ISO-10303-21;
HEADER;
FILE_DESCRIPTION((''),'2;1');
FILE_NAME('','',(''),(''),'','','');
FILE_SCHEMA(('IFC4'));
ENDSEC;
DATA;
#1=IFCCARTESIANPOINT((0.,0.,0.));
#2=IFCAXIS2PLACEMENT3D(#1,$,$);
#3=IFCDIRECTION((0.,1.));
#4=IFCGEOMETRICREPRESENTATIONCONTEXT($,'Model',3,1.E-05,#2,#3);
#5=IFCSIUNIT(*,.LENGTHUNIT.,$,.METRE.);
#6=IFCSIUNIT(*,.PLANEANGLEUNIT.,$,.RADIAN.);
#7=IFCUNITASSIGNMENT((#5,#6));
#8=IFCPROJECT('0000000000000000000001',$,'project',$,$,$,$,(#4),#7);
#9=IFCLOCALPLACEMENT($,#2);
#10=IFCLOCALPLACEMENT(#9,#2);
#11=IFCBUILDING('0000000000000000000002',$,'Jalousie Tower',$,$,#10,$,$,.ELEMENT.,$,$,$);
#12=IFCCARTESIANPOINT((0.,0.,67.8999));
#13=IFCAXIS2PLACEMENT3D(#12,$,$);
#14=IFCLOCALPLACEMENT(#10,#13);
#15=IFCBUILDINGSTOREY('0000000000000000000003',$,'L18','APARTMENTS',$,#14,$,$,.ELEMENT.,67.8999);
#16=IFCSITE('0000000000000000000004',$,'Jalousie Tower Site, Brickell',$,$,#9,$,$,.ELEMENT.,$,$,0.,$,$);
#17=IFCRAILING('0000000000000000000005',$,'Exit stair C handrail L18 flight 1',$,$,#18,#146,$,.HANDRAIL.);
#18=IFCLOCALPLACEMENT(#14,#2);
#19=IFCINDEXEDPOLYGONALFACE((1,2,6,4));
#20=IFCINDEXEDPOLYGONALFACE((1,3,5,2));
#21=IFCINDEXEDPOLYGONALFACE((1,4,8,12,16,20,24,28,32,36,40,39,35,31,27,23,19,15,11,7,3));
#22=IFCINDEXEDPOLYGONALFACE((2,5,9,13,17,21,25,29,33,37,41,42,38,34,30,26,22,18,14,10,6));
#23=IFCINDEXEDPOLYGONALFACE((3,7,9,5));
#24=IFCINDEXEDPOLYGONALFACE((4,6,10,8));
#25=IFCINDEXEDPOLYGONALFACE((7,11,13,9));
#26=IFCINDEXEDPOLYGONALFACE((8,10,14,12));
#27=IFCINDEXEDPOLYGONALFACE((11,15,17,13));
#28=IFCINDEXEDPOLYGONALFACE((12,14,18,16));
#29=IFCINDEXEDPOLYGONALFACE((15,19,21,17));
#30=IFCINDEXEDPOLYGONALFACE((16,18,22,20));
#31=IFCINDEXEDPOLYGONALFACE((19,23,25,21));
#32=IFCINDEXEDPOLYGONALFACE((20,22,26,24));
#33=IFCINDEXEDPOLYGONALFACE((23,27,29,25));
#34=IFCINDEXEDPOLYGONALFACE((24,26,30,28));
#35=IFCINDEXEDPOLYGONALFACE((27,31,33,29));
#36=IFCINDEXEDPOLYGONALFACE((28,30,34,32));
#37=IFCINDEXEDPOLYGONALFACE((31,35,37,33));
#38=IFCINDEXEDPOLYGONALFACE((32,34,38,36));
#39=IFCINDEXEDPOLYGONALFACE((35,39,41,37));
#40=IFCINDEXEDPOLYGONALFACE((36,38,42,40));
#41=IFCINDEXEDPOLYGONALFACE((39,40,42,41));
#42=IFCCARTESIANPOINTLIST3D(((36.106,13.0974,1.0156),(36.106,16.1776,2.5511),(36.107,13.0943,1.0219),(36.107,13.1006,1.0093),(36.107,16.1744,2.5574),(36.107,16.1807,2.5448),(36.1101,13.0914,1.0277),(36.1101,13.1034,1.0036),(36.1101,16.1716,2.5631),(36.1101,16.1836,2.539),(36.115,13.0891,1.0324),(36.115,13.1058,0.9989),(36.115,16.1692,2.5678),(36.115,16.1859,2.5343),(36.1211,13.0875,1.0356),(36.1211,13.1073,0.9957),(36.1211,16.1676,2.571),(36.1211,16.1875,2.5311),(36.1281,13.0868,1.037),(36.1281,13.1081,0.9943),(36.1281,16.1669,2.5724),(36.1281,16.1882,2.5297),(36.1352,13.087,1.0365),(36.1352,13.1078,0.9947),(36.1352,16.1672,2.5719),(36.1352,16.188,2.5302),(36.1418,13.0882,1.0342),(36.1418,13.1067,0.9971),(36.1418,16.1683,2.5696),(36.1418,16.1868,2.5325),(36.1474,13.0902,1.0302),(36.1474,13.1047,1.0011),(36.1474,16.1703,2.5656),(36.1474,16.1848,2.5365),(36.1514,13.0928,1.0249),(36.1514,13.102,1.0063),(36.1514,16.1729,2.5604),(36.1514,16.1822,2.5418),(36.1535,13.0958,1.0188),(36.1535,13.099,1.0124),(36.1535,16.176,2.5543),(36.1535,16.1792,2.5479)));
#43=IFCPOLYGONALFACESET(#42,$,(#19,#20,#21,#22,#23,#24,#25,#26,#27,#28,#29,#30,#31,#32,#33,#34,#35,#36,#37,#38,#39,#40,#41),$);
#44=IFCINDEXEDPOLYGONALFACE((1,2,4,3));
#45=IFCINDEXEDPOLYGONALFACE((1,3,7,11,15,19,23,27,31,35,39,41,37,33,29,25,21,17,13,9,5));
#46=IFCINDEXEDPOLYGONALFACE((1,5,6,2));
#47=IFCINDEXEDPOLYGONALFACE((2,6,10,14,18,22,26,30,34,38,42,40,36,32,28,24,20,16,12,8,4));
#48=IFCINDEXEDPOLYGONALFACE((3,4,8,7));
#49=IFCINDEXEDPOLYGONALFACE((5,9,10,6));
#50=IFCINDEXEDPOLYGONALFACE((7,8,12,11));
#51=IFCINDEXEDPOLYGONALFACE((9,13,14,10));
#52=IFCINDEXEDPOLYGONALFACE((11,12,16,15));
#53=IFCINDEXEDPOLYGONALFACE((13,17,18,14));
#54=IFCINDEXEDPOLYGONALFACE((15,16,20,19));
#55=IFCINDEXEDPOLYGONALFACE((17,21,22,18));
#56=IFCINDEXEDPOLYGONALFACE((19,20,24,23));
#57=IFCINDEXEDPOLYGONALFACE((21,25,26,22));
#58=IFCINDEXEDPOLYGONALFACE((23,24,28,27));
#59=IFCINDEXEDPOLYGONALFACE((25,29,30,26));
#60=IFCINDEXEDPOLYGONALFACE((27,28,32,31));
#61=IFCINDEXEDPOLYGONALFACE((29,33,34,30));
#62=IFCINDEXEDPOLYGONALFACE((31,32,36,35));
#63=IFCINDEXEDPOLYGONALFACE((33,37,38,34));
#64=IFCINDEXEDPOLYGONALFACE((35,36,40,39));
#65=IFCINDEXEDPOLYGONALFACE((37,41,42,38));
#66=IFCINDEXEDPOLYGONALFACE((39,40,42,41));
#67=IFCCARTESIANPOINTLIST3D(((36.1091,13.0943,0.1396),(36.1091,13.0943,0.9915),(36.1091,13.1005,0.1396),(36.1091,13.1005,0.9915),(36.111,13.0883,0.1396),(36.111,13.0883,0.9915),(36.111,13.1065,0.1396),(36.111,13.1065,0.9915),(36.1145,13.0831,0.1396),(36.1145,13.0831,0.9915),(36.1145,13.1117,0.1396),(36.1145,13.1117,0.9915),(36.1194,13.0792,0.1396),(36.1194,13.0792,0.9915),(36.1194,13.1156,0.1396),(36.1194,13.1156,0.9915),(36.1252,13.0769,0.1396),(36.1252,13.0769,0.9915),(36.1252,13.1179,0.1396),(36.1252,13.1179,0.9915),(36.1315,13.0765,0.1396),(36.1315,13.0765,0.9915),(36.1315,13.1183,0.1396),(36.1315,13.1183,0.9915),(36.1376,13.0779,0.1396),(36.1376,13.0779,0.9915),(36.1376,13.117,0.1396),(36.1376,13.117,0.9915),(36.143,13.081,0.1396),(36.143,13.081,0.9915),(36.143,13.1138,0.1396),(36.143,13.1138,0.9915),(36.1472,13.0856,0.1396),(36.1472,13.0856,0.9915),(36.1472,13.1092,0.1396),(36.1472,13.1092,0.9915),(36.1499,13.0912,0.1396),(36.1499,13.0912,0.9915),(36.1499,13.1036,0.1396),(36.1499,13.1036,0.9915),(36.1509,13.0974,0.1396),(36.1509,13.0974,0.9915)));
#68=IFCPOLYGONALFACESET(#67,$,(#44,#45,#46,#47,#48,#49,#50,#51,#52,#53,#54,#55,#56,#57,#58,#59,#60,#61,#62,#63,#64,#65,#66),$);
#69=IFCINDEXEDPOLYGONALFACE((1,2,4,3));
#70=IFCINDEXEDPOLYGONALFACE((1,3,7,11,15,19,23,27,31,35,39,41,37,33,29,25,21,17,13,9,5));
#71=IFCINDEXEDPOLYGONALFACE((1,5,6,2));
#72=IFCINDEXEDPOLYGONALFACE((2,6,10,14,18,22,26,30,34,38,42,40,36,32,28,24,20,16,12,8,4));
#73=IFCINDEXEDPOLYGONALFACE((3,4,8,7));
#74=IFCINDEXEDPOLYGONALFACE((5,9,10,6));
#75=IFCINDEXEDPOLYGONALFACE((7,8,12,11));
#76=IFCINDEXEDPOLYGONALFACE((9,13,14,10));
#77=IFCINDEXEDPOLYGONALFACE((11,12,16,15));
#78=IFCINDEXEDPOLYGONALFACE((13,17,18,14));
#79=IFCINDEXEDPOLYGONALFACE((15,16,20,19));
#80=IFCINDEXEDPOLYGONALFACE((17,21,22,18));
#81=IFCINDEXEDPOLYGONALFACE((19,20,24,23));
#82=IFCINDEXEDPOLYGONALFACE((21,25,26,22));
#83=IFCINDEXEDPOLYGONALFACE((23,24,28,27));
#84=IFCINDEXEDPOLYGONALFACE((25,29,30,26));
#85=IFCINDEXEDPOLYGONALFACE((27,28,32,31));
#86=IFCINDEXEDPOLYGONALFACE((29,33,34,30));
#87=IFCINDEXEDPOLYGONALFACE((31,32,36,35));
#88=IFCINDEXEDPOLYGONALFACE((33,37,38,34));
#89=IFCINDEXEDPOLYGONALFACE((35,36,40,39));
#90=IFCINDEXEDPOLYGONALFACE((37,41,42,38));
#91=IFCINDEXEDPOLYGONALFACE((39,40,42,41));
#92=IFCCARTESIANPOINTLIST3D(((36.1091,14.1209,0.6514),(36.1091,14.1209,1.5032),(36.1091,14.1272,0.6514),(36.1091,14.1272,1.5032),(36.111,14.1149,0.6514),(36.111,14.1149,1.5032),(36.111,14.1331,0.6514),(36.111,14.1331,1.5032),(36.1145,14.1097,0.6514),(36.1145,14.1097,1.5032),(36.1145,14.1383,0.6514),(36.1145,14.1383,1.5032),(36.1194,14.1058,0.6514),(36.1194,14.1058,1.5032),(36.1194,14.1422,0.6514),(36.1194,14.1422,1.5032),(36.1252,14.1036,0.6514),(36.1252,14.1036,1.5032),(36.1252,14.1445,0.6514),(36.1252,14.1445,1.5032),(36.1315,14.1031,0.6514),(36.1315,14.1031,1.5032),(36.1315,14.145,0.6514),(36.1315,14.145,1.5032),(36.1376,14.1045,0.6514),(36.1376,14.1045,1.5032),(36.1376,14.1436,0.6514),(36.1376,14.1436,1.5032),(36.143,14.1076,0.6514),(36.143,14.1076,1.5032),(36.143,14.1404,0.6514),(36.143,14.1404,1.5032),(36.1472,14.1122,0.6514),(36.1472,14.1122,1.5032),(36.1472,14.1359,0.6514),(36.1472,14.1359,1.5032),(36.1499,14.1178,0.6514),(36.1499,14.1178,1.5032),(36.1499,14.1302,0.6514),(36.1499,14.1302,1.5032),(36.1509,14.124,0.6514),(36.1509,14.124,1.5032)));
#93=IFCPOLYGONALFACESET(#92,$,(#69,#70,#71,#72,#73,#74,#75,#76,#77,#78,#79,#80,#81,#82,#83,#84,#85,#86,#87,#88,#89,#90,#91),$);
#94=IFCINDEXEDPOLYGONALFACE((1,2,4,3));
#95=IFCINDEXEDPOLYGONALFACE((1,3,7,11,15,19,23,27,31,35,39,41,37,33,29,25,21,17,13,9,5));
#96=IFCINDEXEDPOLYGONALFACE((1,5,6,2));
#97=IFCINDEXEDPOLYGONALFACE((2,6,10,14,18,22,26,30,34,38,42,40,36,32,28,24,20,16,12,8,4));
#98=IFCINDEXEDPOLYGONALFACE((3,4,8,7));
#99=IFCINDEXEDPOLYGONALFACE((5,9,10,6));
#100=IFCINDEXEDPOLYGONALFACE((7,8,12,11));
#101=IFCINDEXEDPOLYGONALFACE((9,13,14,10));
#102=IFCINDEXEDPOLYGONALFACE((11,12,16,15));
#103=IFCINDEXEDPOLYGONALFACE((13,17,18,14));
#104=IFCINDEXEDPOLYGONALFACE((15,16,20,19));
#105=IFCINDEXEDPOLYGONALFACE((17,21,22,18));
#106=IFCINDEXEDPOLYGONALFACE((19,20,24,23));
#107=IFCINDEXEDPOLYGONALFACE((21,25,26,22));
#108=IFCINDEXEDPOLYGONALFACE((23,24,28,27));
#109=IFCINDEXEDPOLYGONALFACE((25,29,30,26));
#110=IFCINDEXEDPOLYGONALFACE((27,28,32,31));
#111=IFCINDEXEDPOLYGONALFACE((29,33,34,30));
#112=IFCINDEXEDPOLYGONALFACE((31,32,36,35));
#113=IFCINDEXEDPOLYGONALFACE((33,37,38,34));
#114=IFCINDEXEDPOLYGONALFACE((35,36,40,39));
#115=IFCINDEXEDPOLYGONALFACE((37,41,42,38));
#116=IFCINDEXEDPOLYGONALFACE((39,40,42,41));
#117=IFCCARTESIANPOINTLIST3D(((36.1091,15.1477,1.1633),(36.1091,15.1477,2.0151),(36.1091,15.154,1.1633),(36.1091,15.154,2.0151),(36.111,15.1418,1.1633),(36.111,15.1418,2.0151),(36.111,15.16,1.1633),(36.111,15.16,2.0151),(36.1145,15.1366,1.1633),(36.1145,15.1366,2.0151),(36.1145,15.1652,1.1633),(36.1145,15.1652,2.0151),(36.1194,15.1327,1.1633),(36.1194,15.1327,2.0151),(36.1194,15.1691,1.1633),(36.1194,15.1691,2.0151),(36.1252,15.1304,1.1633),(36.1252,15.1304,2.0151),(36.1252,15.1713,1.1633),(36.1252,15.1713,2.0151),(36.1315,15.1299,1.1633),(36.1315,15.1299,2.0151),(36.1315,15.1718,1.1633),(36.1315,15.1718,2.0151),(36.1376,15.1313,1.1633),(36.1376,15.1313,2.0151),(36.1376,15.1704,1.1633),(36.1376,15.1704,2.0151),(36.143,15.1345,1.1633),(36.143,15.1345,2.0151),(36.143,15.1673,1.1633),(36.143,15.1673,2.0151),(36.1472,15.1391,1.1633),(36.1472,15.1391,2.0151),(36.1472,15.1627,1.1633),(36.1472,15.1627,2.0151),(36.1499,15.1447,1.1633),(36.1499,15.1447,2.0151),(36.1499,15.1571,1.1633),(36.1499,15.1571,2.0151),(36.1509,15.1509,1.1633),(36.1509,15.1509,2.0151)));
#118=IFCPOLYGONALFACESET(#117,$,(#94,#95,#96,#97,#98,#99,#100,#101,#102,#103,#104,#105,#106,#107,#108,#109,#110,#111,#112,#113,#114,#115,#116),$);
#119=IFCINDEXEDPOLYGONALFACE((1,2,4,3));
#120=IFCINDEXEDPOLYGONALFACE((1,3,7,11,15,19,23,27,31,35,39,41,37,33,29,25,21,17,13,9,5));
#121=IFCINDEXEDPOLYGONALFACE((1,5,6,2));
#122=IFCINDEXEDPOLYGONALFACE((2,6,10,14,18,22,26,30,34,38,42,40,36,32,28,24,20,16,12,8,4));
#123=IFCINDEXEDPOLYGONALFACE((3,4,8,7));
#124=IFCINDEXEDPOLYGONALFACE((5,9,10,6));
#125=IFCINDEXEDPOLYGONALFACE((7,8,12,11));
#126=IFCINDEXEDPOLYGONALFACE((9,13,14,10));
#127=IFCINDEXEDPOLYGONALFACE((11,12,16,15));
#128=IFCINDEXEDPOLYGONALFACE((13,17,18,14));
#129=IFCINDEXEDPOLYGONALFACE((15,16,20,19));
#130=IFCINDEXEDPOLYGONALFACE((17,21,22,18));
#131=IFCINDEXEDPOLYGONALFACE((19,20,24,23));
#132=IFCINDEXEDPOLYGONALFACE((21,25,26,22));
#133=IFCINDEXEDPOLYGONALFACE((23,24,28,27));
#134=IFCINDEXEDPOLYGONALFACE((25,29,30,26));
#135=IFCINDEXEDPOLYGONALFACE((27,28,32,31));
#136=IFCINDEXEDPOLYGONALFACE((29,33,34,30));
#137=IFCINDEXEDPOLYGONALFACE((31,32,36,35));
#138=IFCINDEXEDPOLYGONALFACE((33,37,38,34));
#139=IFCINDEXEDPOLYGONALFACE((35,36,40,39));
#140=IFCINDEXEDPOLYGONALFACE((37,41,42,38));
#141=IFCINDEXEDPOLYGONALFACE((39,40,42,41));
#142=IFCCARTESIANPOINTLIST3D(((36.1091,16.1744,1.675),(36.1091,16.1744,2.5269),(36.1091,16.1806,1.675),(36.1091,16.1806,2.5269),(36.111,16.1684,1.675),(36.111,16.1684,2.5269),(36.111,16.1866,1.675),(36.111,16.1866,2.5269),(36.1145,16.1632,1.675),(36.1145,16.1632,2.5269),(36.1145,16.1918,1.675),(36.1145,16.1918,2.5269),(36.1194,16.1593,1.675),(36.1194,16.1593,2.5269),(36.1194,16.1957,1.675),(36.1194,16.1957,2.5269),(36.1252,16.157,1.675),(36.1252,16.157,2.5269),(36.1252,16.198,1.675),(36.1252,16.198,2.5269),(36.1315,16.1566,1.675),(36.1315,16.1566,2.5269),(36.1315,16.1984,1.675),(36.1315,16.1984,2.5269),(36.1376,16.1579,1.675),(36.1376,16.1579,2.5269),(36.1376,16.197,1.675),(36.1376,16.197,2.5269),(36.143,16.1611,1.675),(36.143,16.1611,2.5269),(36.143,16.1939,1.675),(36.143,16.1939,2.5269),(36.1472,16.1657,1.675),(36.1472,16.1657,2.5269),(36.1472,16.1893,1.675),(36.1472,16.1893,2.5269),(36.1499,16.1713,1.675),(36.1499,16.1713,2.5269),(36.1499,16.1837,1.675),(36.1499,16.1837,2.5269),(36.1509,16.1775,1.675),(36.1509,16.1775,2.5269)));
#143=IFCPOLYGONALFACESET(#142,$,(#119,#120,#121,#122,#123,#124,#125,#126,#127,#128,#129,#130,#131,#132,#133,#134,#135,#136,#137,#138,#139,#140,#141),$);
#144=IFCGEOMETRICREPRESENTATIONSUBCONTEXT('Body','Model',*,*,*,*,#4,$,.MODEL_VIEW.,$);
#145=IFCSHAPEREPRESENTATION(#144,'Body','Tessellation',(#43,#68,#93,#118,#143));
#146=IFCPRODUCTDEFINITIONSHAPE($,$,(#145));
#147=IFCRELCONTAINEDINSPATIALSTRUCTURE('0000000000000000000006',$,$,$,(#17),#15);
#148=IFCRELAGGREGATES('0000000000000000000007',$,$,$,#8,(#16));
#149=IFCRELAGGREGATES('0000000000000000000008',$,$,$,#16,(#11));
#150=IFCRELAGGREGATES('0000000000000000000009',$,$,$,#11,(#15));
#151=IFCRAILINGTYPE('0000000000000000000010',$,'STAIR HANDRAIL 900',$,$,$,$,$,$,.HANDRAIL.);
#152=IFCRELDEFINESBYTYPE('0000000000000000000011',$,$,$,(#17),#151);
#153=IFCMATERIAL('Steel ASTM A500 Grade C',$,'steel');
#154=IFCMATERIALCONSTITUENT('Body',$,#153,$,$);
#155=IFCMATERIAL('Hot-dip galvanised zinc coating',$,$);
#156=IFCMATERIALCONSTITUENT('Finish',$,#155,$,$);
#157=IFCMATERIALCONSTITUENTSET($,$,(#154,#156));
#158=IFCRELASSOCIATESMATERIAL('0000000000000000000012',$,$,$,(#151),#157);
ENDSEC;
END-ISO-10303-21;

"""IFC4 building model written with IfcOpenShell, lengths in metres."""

from ifc_helpers import new_model, si_unit, direction, frame, origin, origin_2d, place, context, subcontext, project, spatial, circle, extrude, material, constituent, constituent_set, type_object, element, save


model = new_model("IFC4")

# Units and contexts
model_context = context("Model", 3, precision=1e-05, world=origin(), true_north=direction((0.0, 1.0)))
body_context = subcontext(model_context, "Body", "Model", "MODEL_VIEW")
ifc_project = project(units=[si_unit("LENGTHUNIT", "METRE"), si_unit("PLANEANGLEUNIT", "RADIAN")], contexts=[model_context])

# Site, building, storey
site_placement = place(None, origin())
site = spatial("IfcSite", under=ifc_project, at=site_placement, Name="Jalousie Tower Site, Brickell", CompositionType="ELEMENT", RefElevation=0.0)
building_placement = place(site_placement, origin())
building = spatial("IfcBuilding", under=site, at=building_placement, Name="Jalousie Tower", CompositionType="ELEMENT")
storey_placement = place(building_placement, frame((0.0, 0.0, 67.8999)))
storey = spatial("IfcBuildingStorey", under=building, at=storey_placement, Name="L18", Description="APARTMENTS", CompositionType="ELEMENT", Elevation=67.8999)

# Railing
ifc_material_1 = material(Name="Steel ASTM A500 Grade C", Category="steel")
ifc_constituent_1 = constituent(ifc_material_1, Name="Body")
ifc_material_2 = material(Name="Hot-dip galvanised zinc coating")
ifc_constituent_2 = constituent(ifc_material_2, Name="Finish")
ifc_constituent_set_1 = constituent_set(constituents=[ifc_constituent_1, ifc_constituent_2])
railing_type_1 = type_object("IfcRailingType", Name="STAIR HANDRAIL 900", PredefinedType="HANDRAIL", material=ifc_constituent_set_1)
railing_1_placement = place(storey_placement, frame((36.1299, 13.0974, 0.1396)))
element("IfcRailing", 1, at=railing_1_placement, inside=storey, type_object=railing_type_1, Name="Exit stair C handrail L18 flight 1", PredefinedType="HANDRAIL", context=body_context, shape_type="SweptSolid", body=[
    extrude(circle(Radius=0.0239, at=origin_2d()), frame((0.0, 0.0, 0.876), z_axis=(0.0, 0.894966, 0.446135), x_axis=(-1.0, 0.0, 0.0)), (0.0, 0.0, 1.0), 3.4417),
    extrude(circle(Radius=0.021, at=origin_2d()), origin(), (0.0, 0.0, 1.0), 0.8518),
    extrude(circle(Radius=0.021, at=origin_2d()), frame((0.0, 1.0266, 0.5117)), (0.0, 0.0, 1.0), 0.8518),
    extrude(circle(Radius=0.021, at=origin_2d()), frame((0.0, 2.0535, 1.0237)), (0.0, 0.0, 1.0), 0.8518),
    extrude(circle(Radius=0.021, at=origin_2d()), frame((0.0, 3.0801, 1.5354)), (0.0, 0.0, 1.0), 0.8518),
])

save(model, "model.ifc")
